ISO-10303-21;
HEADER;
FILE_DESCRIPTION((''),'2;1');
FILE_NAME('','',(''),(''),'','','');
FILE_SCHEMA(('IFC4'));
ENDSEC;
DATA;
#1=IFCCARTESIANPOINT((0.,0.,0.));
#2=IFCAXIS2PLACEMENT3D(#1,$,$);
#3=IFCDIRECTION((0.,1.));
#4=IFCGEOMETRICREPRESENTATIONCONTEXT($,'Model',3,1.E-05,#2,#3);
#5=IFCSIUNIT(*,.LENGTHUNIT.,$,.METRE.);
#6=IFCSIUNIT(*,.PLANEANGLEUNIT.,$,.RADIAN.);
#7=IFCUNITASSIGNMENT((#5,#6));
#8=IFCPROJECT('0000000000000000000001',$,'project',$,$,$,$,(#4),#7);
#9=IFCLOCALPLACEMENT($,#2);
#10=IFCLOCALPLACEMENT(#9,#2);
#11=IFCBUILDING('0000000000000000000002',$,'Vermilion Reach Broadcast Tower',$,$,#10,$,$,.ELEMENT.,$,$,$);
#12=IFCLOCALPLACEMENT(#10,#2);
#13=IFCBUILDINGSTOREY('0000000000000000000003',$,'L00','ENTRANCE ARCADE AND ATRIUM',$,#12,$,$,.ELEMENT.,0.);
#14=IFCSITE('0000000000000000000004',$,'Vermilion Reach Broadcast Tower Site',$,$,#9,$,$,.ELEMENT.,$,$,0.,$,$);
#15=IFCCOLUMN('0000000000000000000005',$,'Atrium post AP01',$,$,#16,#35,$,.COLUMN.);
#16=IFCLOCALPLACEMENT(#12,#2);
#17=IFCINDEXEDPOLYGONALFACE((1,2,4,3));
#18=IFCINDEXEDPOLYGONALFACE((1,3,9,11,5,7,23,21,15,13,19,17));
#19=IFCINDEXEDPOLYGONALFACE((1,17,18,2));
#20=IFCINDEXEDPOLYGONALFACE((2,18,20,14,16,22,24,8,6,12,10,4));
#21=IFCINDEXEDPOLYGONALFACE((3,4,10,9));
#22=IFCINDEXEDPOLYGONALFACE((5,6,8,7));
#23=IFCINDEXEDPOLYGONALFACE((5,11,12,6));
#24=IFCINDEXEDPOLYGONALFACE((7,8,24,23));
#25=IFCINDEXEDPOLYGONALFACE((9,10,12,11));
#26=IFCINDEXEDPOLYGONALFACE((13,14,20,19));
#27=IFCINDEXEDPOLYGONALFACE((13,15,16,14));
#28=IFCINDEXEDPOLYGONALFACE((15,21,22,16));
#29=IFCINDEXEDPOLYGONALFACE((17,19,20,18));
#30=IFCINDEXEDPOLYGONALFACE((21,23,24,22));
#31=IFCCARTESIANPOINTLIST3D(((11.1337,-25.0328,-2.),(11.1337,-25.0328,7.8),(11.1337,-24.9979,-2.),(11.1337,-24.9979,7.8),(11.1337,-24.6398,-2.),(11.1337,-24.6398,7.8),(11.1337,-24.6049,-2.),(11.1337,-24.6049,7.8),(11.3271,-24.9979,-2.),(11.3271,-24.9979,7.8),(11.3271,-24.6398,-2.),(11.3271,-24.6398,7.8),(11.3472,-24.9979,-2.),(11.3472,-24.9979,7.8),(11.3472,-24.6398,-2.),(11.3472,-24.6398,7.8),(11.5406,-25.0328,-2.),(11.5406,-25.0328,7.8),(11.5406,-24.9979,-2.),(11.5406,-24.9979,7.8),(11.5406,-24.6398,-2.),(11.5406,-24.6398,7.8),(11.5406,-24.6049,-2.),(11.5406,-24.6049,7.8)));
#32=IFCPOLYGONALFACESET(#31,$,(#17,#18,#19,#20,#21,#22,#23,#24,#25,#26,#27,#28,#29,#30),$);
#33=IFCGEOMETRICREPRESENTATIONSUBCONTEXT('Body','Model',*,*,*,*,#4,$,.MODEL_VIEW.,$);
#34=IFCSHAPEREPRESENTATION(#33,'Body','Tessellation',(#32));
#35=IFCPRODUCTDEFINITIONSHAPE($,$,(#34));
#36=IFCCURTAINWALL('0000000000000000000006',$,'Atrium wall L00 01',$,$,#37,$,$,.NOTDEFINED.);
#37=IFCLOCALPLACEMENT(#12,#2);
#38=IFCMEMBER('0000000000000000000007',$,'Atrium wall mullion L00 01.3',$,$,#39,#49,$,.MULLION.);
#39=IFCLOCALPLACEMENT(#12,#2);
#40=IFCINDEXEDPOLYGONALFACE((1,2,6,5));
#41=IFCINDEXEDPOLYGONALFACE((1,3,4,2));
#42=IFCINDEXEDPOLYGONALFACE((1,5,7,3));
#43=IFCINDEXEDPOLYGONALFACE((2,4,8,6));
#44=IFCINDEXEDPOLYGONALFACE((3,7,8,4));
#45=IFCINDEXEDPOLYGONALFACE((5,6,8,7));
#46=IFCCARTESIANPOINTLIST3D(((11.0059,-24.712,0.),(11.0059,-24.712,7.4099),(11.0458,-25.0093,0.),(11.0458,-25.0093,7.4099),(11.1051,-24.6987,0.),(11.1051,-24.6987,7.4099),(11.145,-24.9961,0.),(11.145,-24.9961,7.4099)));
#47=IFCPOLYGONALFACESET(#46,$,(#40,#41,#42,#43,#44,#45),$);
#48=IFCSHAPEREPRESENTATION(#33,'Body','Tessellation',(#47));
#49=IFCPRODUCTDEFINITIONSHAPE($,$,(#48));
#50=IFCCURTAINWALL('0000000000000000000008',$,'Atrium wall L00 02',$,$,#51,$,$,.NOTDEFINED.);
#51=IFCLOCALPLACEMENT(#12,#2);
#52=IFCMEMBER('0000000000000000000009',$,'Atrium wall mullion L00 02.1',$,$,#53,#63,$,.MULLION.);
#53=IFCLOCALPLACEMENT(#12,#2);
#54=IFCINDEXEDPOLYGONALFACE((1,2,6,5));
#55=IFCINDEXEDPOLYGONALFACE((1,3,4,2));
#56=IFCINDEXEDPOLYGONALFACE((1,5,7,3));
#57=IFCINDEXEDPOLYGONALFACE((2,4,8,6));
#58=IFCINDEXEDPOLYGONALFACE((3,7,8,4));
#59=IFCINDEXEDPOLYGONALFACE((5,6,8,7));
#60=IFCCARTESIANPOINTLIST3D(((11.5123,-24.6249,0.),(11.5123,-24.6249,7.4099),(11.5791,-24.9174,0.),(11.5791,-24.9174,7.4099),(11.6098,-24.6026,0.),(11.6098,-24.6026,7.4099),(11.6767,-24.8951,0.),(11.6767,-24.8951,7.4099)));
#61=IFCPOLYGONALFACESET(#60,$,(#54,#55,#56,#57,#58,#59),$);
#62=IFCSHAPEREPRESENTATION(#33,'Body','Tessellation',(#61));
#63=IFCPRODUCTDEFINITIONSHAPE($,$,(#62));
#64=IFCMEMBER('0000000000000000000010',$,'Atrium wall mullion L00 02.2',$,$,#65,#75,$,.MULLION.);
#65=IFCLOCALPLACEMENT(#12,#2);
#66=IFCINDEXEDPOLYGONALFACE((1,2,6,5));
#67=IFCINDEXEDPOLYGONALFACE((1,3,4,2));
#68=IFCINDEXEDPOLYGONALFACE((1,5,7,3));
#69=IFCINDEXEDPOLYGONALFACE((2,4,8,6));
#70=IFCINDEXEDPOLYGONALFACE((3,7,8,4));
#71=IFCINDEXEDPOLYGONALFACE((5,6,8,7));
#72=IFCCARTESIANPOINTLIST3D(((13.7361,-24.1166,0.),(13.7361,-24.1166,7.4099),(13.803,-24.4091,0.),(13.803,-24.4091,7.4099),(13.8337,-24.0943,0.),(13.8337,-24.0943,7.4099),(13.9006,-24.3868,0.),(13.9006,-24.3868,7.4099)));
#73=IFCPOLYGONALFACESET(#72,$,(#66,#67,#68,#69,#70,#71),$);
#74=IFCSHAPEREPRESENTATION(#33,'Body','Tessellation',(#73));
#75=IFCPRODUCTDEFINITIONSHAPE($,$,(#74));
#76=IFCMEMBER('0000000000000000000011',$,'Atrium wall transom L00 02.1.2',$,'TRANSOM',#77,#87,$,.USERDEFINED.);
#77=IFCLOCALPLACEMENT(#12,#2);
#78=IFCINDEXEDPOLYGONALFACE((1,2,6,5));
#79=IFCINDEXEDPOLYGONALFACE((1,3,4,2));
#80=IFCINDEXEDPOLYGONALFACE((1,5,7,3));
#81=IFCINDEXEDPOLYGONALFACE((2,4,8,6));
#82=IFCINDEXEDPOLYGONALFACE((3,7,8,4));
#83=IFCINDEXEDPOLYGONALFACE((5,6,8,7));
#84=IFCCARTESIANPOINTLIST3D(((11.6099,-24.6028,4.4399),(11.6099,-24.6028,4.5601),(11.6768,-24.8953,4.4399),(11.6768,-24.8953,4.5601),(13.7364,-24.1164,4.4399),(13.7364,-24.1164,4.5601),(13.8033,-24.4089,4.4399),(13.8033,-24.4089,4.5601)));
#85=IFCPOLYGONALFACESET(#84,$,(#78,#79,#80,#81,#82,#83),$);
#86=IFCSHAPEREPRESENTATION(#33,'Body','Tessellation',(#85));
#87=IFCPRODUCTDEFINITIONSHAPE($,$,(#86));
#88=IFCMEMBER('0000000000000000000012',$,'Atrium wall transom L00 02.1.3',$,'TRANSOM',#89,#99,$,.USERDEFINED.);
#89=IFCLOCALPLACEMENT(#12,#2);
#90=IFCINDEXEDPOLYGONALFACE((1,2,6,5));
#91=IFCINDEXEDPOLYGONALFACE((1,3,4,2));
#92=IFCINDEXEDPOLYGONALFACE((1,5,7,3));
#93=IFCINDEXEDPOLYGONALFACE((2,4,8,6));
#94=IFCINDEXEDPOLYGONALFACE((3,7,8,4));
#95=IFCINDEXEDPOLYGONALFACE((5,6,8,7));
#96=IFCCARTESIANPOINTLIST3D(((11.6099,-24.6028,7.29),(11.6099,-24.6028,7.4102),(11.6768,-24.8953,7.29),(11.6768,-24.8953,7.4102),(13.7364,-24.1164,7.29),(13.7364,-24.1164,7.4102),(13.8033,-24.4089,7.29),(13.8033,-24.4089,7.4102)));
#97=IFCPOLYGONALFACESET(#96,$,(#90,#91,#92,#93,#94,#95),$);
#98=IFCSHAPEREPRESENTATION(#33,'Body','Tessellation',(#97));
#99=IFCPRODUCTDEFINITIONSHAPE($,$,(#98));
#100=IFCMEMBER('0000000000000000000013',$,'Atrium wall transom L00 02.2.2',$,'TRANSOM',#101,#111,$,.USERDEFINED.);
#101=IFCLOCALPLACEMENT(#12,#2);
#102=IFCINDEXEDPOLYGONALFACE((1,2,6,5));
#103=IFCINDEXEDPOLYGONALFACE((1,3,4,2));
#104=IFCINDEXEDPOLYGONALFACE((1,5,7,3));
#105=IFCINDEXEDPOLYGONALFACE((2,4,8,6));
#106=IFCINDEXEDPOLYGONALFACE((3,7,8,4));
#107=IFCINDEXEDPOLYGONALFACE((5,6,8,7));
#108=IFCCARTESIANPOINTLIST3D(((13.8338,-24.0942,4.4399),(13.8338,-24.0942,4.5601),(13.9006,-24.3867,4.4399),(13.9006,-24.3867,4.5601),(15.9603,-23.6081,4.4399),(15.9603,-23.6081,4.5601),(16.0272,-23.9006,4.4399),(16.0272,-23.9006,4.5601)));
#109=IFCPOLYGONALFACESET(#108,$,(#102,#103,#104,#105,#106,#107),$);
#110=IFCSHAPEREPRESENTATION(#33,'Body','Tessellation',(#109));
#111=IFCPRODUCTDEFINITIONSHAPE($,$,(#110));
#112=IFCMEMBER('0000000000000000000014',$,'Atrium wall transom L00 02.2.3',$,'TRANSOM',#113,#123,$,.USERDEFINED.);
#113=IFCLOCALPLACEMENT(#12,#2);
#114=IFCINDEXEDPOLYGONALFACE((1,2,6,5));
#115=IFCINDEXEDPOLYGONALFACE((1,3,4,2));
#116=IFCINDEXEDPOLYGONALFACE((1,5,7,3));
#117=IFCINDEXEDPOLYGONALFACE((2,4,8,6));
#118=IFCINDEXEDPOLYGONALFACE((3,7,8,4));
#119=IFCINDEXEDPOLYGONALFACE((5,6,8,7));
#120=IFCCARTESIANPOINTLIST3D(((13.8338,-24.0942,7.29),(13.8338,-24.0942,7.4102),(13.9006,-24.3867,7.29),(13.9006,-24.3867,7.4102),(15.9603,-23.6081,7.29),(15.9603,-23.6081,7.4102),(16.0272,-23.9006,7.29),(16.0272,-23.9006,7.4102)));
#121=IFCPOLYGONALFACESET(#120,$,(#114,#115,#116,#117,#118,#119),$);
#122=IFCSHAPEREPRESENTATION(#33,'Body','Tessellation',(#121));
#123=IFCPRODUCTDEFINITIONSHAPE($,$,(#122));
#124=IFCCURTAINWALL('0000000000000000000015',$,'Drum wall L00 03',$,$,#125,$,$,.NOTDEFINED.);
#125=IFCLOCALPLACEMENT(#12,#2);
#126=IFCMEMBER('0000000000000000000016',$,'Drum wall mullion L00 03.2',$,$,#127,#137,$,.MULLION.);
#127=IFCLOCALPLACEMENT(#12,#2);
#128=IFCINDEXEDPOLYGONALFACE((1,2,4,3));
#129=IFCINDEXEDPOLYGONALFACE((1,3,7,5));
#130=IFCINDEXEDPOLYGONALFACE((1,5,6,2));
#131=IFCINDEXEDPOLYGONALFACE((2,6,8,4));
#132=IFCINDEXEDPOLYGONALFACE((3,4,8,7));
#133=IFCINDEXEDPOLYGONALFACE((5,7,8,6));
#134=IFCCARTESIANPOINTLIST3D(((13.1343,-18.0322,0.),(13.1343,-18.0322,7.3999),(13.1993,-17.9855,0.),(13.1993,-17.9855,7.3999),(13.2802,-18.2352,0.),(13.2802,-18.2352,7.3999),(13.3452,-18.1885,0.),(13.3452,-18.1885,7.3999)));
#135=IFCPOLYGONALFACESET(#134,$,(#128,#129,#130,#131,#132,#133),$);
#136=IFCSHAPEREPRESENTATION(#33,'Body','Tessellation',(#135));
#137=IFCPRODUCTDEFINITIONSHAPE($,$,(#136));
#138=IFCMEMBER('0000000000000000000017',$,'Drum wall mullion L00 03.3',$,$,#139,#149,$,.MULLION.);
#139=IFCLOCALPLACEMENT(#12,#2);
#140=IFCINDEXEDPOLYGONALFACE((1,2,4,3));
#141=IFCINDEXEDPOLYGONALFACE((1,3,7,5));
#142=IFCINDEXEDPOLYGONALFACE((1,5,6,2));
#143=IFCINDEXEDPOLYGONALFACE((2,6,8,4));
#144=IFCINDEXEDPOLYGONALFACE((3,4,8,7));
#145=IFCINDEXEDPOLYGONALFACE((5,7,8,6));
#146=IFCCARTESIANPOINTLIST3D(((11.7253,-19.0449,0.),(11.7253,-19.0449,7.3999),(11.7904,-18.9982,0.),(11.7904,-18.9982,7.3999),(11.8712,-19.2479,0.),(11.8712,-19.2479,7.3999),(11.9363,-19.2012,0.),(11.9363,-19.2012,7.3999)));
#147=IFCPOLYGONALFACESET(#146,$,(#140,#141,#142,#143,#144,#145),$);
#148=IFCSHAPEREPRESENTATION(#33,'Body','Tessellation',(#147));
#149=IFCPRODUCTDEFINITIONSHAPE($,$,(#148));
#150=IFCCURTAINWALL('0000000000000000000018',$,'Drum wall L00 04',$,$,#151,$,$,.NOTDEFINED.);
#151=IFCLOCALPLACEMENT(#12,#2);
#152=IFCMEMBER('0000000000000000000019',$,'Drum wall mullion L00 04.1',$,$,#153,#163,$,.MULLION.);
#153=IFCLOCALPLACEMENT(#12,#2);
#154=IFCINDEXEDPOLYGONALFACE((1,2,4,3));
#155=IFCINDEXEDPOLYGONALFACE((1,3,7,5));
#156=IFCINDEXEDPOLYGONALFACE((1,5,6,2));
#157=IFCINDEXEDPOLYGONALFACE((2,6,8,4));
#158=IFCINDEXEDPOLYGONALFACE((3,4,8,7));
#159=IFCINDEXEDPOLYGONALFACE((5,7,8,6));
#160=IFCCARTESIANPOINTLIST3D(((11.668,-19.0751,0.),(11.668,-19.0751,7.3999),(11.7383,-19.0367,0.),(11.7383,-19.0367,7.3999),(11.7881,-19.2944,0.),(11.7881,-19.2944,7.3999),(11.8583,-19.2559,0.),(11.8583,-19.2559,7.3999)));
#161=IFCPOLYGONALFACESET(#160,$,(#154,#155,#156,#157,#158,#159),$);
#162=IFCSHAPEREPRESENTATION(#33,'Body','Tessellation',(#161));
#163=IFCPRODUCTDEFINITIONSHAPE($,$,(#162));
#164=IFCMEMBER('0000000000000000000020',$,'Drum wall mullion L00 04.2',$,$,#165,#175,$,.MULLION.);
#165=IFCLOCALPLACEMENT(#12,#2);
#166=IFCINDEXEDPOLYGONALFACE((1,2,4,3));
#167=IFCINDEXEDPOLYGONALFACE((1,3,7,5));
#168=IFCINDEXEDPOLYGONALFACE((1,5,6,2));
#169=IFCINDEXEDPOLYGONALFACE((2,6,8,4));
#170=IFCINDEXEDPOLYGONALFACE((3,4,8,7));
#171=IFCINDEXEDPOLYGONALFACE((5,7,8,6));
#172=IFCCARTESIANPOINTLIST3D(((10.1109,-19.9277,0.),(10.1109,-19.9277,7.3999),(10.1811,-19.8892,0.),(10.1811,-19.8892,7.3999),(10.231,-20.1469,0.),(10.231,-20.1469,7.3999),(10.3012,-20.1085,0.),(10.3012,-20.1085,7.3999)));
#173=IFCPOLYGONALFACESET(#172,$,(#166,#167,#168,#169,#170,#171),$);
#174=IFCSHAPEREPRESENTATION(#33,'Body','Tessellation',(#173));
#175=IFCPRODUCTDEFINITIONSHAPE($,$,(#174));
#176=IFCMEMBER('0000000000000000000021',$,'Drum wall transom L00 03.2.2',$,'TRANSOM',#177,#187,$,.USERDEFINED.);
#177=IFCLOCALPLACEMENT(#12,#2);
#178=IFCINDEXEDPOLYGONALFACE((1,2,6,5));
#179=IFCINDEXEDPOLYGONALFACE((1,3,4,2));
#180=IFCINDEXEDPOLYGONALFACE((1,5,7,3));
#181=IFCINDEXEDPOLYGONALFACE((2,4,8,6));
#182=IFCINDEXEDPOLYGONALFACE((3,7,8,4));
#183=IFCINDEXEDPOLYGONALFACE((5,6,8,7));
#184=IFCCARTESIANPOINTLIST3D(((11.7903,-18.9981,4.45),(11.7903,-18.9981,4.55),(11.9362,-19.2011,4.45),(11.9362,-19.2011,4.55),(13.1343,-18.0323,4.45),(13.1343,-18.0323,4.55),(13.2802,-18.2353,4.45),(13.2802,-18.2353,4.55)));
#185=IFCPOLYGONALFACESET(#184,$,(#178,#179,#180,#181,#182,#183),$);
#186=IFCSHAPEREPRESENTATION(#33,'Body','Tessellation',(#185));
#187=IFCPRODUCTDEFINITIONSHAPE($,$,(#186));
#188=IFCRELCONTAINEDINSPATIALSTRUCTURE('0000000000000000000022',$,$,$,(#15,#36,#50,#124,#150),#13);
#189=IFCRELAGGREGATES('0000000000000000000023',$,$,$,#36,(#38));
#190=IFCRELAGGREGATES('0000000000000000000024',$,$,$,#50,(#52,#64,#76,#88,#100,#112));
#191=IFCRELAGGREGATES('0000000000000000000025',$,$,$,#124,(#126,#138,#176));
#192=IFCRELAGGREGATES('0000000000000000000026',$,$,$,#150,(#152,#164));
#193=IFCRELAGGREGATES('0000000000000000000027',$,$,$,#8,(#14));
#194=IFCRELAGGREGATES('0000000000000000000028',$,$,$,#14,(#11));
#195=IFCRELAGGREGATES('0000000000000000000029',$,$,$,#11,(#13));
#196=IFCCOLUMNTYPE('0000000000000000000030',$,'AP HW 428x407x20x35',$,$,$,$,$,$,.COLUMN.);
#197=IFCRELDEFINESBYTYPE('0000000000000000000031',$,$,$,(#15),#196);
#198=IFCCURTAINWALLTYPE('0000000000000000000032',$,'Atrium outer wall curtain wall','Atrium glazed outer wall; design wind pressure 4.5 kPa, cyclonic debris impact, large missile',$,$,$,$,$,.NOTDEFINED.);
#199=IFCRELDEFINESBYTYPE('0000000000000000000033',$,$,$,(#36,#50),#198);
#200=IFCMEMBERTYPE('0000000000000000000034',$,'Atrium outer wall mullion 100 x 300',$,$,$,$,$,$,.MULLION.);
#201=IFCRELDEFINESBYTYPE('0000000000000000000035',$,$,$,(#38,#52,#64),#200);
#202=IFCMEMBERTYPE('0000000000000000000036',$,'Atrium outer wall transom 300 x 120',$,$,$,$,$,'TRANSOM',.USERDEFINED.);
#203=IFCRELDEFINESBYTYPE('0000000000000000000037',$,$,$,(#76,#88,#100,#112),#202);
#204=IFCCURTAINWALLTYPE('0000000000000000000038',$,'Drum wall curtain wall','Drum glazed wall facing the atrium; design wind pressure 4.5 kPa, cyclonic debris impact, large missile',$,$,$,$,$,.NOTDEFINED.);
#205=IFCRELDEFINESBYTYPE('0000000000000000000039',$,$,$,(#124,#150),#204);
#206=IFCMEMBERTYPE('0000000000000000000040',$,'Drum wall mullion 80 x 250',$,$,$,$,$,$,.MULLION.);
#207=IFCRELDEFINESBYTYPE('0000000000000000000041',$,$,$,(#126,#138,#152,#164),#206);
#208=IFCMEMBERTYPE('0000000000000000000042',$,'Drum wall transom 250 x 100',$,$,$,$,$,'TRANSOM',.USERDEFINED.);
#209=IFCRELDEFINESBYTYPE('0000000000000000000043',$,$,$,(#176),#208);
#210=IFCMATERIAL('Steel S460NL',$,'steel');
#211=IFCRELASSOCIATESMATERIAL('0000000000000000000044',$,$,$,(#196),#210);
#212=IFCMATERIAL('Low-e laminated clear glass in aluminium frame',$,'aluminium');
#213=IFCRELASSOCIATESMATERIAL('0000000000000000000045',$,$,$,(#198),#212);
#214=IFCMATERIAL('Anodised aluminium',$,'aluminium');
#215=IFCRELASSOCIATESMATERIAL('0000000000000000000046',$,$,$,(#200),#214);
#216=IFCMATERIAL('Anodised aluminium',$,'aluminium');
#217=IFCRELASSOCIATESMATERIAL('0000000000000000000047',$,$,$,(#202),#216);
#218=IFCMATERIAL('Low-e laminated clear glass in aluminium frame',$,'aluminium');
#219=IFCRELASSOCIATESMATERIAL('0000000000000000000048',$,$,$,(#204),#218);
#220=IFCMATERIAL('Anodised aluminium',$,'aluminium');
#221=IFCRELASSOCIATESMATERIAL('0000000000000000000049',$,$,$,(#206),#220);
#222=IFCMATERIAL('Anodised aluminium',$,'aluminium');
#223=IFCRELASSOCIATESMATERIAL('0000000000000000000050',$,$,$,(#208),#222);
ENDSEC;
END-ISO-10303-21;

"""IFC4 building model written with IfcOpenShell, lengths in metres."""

from ifc_helpers import new_model, si_unit, direction, frame, origin, origin_2d, place, context, subcontext, project, spatial, rectangle, i_section, extrude, material, material_profile, profile_set, type_object, element, aggregate, save


model = new_model("IFC4")

# Units and contexts
model_context = context("Model", 3, precision=1e-05, world=origin(), true_north=direction((0.0, 1.0)))
body_context = subcontext(model_context, "Body", "Model", "MODEL_VIEW")
ifc_project = project(units=[si_unit("LENGTHUNIT", "METRE"), si_unit("PLANEANGLEUNIT", "RADIAN")], contexts=[model_context])

# Site, building, storey
site_placement = place(None, origin())
site = spatial("IfcSite", under=ifc_project, at=site_placement, Name="Vermilion Reach Broadcast Tower Site", CompositionType="ELEMENT", RefElevation=0.0)
building_placement = place(site_placement, origin())
building = spatial("IfcBuilding", under=site, at=building_placement, Name="Vermilion Reach Broadcast Tower", CompositionType="ELEMENT")
storey_placement = place(building_placement, origin())
storey = spatial("IfcBuildingStorey", under=building, at=storey_placement, Name="L00", Description="ENTRANCE ARCADE AND ATRIUM", CompositionType="ELEMENT", Elevation=0.0)

# Column
ifc_material_1 = material(Name="Steel S460NL", Category="steel")
ifc_material_profile_1 = material_profile(ifc_material_1, i_section(OverallWidth=0.407, OverallDepth=0.428, WebThickness=0.02, FlangeThickness=0.0349, at=origin_2d()), Name="S460NL HW 428x407x20x35")
ifc_profile_set_1 = profile_set([ifc_material_profile_1], Name="Steel S460NL")
column_type = type_object("IfcColumnType", Name="AP HW 428x407x20x35", PredefinedType="COLUMN", material=ifc_profile_set_1)
column_placement = place(storey_placement, frame((11.3372, -24.8188, -2.0), z_axis=(0.0, 0.0, 1.0), x_axis=(1.0, 0.0, 0.0)))
element("IfcColumn", 1, at=column_placement, inside=storey, type_object=column_type, Name="Atrium post AP01", PredefinedType="COLUMN", context=body_context, shape_type="SweptSolid", body=[
    extrude(i_section(OverallWidth=0.407, OverallDepth=0.428, WebThickness=0.02, FlangeThickness=0.0349, at=origin_2d()), origin(), (0.0, 0.0, 1.0), 9.8),
])

# Curtain wall, member
ifc_material_2 = material(Name="Low-e laminated clear glass in aluminium frame", Category="aluminium")
curtain_wall_type_1 = type_object("IfcCurtainWallType", Name="Atrium outer wall curtain wall", Description="Atrium glazed outer wall; design wind pressure 4.5 kPa, cyclonic debris impact, large missile", PredefinedType="NOTDEFINED", material=ifc_material_2)
placement = place(storey_placement, origin())
curtain_wall_1 = element("IfcCurtainWall", 2, at=placement, inside=storey, type_object=curtain_wall_type_1, Name="Atrium wall L00 01", PredefinedType="NOTDEFINED")
ifc_material_3 = material(Name="Anodised aluminium", Category="aluminium")
ifc_material_profile_2 = material_profile(ifc_material_3, rectangle(XDim=0.3, YDim=0.1001, at=origin_2d()), Name="Atrium outer wall mullion 100 x 300")
ifc_profile_set_2 = profile_set([ifc_material_profile_2], Name="Anodised aluminium")
member_type_1 = type_object("IfcMemberType", Name="Atrium outer wall mullion 100 x 300", PredefinedType="MULLION", material=ifc_profile_set_2)
member_1_placement = place(storey_placement, frame((11.0754, -24.854, 0.0), z_axis=(0.0, 0.0, 1.0), x_axis=(-0.132794, 0.991144, 0.0)))
member_1 = element("IfcMember", 3, at=member_1_placement, type_object=member_type_1, Name="Atrium wall mullion L00 01.3", PredefinedType="MULLION", context=body_context, shape_type="SweptSolid", body=[
    extrude(rectangle(XDim=0.3, YDim=0.1001, at=origin_2d()), origin(), (0.0, 0.0, 1.0), 7.4099),
])

# Curtain walls, members
curtain_wall_2 = element("IfcCurtainWall", 4, at=placement, inside=storey, type_object=curtain_wall_type_1, Name="Atrium wall L00 02", PredefinedType="NOTDEFINED")
member_2_placement = place(storey_placement, frame((11.5945, -24.76, 0.0), z_axis=(0.0, 0.0, 1.0), x_axis=(-0.222892, 0.974843, 0.0)))
member_2 = element("IfcMember", 5, at=member_2_placement, type_object=member_type_1, Name="Atrium wall mullion L00 02.1", PredefinedType="MULLION", context=body_context, shape_type="SweptSolid", body=[
    extrude(rectangle(XDim=0.3, YDim=0.1001, at=origin_2d()), origin(), (0.0, 0.0, 1.0), 7.4099),
])
member_3_placement = place(storey_placement, frame((13.8184, -24.2517, 0.0), z_axis=(0.0, 0.0, 1.0), x_axis=(-0.222892, 0.974843, 0.0)))
member_3 = element("IfcMember", 6, at=member_3_placement, type_object=member_type_1, Name="Atrium wall mullion L00 02.2", PredefinedType="MULLION", context=body_context, shape_type="SweptSolid", body=[
    extrude(rectangle(XDim=0.3, YDim=0.1001, at=origin_2d()), origin(), (0.0, 0.0, 1.0), 7.4099),
])
ifc_material_4 = material(Name="Anodised aluminium", Category="aluminium")
ifc_material_profile_3 = material_profile(ifc_material_4, rectangle(XDim=0.3, YDim=0.1201, at=origin_2d()), Name="Atrium outer wall transom 300 x 120")
ifc_profile_set_3 = profile_set([ifc_material_profile_3], Name="Anodised aluminium")
member_type_2 = type_object("IfcMemberType", Name="Atrium outer wall transom 300 x 120", ElementType="TRANSOM", PredefinedType="USERDEFINED", material=ifc_profile_set_3)
member_4_placement = place(storey_placement, frame((11.6433, -24.749, 4.5), z_axis=(0.974831, 0.222946, 0.0), x_axis=(-0.222946, 0.974831, 0.0)))
member_4 = element("IfcMember", 7, at=member_4_placement, type_object=member_type_2, Name="Atrium wall transom L00 02.1.2", ObjectType="TRANSOM", PredefinedType="USERDEFINED", context=body_context, shape_type="SweptSolid", body=[
    extrude(rectangle(XDim=0.3, YDim=0.1201, at=origin_2d()), origin(), (0.0, 0.0, 1.0), 2.1814),
])
member_5_placement = place(storey_placement, frame((11.6433, -24.749, 7.3501), z_axis=(0.974831, 0.222946, 0.0), x_axis=(-0.222946, 0.974831, 0.0)))
member_5 = element("IfcMember", 8, at=member_5_placement, type_object=member_type_2, Name="Atrium wall transom L00 02.1.3", ObjectType="TRANSOM", PredefinedType="USERDEFINED", context=body_context, shape_type="SweptSolid", body=[
    extrude(rectangle(XDim=0.3, YDim=0.1201, at=origin_2d()), origin(), (0.0, 0.0, 1.0), 2.1814),
])
member_6_placement = place(storey_placement, frame((13.8672, -24.2405, 4.5), z_axis=(0.974855, 0.22284, 0.0), x_axis=(-0.22284, 0.974855, 0.0)))
member_6 = element("IfcMember", 9, at=member_6_placement, type_object=member_type_2, Name="Atrium wall transom L00 02.2.2", ObjectType="TRANSOM", PredefinedType="USERDEFINED", context=body_context, shape_type="SweptSolid", body=[
    extrude(rectangle(XDim=0.3, YDim=0.1201, at=origin_2d()), origin(), (0.0, 0.0, 1.0), 2.1814),
])
member_7_placement = place(storey_placement, frame((13.8672, -24.2405, 7.3501), z_axis=(0.974855, 0.22284, 0.0), x_axis=(-0.22284, 0.974855, 0.0)))
member_7 = element("IfcMember", 10, at=member_7_placement, type_object=member_type_2, Name="Atrium wall transom L00 02.2.3", ObjectType="TRANSOM", PredefinedType="USERDEFINED", context=body_context, shape_type="SweptSolid", body=[
    extrude(rectangle(XDim=0.3, YDim=0.1201, at=origin_2d()), origin(), (0.0, 0.0, 1.0), 2.1814),
])
ifc_material_5 = material(Name="Low-e laminated clear glass in aluminium frame", Category="aluminium")
curtain_wall_type_2 = type_object("IfcCurtainWallType", Name="Drum wall curtain wall", Description="Drum glazed wall facing the atrium; design wind pressure 4.5 kPa, cyclonic debris impact, large missile", PredefinedType="NOTDEFINED", material=ifc_material_5)
curtain_wall_3 = element("IfcCurtainWall", 11, at=placement, inside=storey, type_object=curtain_wall_type_2, Name="Drum wall L00 03", PredefinedType="NOTDEFINED")
ifc_material_6 = material(Name="Anodised aluminium", Category="aluminium")
ifc_material_profile_4 = material_profile(ifc_material_6, rectangle(XDim=0.25, YDim=0.0801, at=origin_2d()), Name="Drum wall mullion 80 x 250")
ifc_profile_set_4 = profile_set([ifc_material_profile_4], Name="Anodised aluminium")
member_type_3 = type_object("IfcMemberType", Name="Drum wall mullion 80 x 250", PredefinedType="MULLION", material=ifc_profile_set_4)
member_8_placement = place(storey_placement, frame((13.2397, -18.1104, 0.0), z_axis=(0.0, 0.0, 1.0), x_axis=(0.583587, -0.812051, 0.0)))
member_8 = element("IfcMember", 12, at=member_8_placement, type_object=member_type_3, Name="Drum wall mullion L00 03.2", PredefinedType="MULLION", context=body_context, shape_type="SweptSolid", body=[
    extrude(rectangle(XDim=0.25, YDim=0.0801, at=origin_2d()), origin(), (0.0, 0.0, 1.0), 7.3999),
])
member_9_placement = place(storey_placement, frame((11.8308, -19.123, 0.0), z_axis=(0.0, 0.0, 1.0), x_axis=(0.583587, -0.812051, 0.0)))
member_9 = element("IfcMember", 13, at=member_9_placement, type_object=member_type_3, Name="Drum wall mullion L00 03.3", PredefinedType="MULLION", context=body_context, shape_type="SweptSolid", body=[
    extrude(rectangle(XDim=0.25, YDim=0.0801, at=origin_2d()), origin(), (0.0, 0.0, 1.0), 7.3999),
])
curtain_wall_4 = element("IfcCurtainWall", 14, at=placement, inside=storey, type_object=curtain_wall_type_2, Name="Drum wall L00 04", PredefinedType="NOTDEFINED")
member_10_placement = place(storey_placement, frame((11.7632, -19.1655, 0.0), z_axis=(0.0, 0.0, 1.0), x_axis=(0.480269, -0.877121, 0.0)))
member_10 = element("IfcMember", 15, at=member_10_placement, type_object=member_type_3, Name="Drum wall mullion L00 04.1", PredefinedType="MULLION", context=body_context, shape_type="SweptSolid", body=[
    extrude(rectangle(XDim=0.25, YDim=0.0801, at=origin_2d()), origin(), (0.0, 0.0, 1.0), 7.3999),
])
member_11_placement = place(storey_placement, frame((10.2061, -20.0181, 0.0), z_axis=(0.0, 0.0, 1.0), x_axis=(0.480269, -0.877121, 0.0)))
member_11 = element("IfcMember", 16, at=member_11_placement, type_object=member_type_3, Name="Drum wall mullion L00 04.2", PredefinedType="MULLION", context=body_context, shape_type="SweptSolid", body=[
    extrude(rectangle(XDim=0.25, YDim=0.0801, at=origin_2d()), origin(), (0.0, 0.0, 1.0), 7.3999),
])

# Member
ifc_material_7 = material(Name="Anodised aluminium", Category="aluminium")
ifc_material_profile_5 = material_profile(ifc_material_7, rectangle(XDim=0.25, YDim=0.1001, at=origin_2d()), Name="Drum wall transom 250 x 100")
ifc_profile_set_5 = profile_set([ifc_material_profile_5], Name="Anodised aluminium")
member_type_4 = type_object("IfcMemberType", Name="Drum wall transom 250 x 100", ElementType="TRANSOM", PredefinedType="USERDEFINED", material=ifc_profile_set_5)
member_12_placement = place(storey_placement, frame((13.2073, -18.1338, 4.5), z_axis=(-0.812066, -0.583566, 0.0), x_axis=(0.583566, -0.812066, 0.0)))
member_12 = element("IfcMember", 17, at=member_12_placement, type_object=member_type_4, Name="Drum wall transom L00 03.2.2", ObjectType="TRANSOM", PredefinedType="USERDEFINED", context=body_context, shape_type="SweptSolid", body=[
    extrude(rectangle(XDim=0.25, YDim=0.1001, at=origin_2d()), origin(), (0.0, 0.0, 1.0), 1.655),
])

aggregate(curtain_wall_1, [member_1])
aggregate(curtain_wall_2, [member_2, member_3, member_4, member_5, member_6, member_7])
aggregate(curtain_wall_3, [member_8, member_9, member_12])
aggregate(curtain_wall_4, [member_10, member_11])

save(model, "model.ifc")
